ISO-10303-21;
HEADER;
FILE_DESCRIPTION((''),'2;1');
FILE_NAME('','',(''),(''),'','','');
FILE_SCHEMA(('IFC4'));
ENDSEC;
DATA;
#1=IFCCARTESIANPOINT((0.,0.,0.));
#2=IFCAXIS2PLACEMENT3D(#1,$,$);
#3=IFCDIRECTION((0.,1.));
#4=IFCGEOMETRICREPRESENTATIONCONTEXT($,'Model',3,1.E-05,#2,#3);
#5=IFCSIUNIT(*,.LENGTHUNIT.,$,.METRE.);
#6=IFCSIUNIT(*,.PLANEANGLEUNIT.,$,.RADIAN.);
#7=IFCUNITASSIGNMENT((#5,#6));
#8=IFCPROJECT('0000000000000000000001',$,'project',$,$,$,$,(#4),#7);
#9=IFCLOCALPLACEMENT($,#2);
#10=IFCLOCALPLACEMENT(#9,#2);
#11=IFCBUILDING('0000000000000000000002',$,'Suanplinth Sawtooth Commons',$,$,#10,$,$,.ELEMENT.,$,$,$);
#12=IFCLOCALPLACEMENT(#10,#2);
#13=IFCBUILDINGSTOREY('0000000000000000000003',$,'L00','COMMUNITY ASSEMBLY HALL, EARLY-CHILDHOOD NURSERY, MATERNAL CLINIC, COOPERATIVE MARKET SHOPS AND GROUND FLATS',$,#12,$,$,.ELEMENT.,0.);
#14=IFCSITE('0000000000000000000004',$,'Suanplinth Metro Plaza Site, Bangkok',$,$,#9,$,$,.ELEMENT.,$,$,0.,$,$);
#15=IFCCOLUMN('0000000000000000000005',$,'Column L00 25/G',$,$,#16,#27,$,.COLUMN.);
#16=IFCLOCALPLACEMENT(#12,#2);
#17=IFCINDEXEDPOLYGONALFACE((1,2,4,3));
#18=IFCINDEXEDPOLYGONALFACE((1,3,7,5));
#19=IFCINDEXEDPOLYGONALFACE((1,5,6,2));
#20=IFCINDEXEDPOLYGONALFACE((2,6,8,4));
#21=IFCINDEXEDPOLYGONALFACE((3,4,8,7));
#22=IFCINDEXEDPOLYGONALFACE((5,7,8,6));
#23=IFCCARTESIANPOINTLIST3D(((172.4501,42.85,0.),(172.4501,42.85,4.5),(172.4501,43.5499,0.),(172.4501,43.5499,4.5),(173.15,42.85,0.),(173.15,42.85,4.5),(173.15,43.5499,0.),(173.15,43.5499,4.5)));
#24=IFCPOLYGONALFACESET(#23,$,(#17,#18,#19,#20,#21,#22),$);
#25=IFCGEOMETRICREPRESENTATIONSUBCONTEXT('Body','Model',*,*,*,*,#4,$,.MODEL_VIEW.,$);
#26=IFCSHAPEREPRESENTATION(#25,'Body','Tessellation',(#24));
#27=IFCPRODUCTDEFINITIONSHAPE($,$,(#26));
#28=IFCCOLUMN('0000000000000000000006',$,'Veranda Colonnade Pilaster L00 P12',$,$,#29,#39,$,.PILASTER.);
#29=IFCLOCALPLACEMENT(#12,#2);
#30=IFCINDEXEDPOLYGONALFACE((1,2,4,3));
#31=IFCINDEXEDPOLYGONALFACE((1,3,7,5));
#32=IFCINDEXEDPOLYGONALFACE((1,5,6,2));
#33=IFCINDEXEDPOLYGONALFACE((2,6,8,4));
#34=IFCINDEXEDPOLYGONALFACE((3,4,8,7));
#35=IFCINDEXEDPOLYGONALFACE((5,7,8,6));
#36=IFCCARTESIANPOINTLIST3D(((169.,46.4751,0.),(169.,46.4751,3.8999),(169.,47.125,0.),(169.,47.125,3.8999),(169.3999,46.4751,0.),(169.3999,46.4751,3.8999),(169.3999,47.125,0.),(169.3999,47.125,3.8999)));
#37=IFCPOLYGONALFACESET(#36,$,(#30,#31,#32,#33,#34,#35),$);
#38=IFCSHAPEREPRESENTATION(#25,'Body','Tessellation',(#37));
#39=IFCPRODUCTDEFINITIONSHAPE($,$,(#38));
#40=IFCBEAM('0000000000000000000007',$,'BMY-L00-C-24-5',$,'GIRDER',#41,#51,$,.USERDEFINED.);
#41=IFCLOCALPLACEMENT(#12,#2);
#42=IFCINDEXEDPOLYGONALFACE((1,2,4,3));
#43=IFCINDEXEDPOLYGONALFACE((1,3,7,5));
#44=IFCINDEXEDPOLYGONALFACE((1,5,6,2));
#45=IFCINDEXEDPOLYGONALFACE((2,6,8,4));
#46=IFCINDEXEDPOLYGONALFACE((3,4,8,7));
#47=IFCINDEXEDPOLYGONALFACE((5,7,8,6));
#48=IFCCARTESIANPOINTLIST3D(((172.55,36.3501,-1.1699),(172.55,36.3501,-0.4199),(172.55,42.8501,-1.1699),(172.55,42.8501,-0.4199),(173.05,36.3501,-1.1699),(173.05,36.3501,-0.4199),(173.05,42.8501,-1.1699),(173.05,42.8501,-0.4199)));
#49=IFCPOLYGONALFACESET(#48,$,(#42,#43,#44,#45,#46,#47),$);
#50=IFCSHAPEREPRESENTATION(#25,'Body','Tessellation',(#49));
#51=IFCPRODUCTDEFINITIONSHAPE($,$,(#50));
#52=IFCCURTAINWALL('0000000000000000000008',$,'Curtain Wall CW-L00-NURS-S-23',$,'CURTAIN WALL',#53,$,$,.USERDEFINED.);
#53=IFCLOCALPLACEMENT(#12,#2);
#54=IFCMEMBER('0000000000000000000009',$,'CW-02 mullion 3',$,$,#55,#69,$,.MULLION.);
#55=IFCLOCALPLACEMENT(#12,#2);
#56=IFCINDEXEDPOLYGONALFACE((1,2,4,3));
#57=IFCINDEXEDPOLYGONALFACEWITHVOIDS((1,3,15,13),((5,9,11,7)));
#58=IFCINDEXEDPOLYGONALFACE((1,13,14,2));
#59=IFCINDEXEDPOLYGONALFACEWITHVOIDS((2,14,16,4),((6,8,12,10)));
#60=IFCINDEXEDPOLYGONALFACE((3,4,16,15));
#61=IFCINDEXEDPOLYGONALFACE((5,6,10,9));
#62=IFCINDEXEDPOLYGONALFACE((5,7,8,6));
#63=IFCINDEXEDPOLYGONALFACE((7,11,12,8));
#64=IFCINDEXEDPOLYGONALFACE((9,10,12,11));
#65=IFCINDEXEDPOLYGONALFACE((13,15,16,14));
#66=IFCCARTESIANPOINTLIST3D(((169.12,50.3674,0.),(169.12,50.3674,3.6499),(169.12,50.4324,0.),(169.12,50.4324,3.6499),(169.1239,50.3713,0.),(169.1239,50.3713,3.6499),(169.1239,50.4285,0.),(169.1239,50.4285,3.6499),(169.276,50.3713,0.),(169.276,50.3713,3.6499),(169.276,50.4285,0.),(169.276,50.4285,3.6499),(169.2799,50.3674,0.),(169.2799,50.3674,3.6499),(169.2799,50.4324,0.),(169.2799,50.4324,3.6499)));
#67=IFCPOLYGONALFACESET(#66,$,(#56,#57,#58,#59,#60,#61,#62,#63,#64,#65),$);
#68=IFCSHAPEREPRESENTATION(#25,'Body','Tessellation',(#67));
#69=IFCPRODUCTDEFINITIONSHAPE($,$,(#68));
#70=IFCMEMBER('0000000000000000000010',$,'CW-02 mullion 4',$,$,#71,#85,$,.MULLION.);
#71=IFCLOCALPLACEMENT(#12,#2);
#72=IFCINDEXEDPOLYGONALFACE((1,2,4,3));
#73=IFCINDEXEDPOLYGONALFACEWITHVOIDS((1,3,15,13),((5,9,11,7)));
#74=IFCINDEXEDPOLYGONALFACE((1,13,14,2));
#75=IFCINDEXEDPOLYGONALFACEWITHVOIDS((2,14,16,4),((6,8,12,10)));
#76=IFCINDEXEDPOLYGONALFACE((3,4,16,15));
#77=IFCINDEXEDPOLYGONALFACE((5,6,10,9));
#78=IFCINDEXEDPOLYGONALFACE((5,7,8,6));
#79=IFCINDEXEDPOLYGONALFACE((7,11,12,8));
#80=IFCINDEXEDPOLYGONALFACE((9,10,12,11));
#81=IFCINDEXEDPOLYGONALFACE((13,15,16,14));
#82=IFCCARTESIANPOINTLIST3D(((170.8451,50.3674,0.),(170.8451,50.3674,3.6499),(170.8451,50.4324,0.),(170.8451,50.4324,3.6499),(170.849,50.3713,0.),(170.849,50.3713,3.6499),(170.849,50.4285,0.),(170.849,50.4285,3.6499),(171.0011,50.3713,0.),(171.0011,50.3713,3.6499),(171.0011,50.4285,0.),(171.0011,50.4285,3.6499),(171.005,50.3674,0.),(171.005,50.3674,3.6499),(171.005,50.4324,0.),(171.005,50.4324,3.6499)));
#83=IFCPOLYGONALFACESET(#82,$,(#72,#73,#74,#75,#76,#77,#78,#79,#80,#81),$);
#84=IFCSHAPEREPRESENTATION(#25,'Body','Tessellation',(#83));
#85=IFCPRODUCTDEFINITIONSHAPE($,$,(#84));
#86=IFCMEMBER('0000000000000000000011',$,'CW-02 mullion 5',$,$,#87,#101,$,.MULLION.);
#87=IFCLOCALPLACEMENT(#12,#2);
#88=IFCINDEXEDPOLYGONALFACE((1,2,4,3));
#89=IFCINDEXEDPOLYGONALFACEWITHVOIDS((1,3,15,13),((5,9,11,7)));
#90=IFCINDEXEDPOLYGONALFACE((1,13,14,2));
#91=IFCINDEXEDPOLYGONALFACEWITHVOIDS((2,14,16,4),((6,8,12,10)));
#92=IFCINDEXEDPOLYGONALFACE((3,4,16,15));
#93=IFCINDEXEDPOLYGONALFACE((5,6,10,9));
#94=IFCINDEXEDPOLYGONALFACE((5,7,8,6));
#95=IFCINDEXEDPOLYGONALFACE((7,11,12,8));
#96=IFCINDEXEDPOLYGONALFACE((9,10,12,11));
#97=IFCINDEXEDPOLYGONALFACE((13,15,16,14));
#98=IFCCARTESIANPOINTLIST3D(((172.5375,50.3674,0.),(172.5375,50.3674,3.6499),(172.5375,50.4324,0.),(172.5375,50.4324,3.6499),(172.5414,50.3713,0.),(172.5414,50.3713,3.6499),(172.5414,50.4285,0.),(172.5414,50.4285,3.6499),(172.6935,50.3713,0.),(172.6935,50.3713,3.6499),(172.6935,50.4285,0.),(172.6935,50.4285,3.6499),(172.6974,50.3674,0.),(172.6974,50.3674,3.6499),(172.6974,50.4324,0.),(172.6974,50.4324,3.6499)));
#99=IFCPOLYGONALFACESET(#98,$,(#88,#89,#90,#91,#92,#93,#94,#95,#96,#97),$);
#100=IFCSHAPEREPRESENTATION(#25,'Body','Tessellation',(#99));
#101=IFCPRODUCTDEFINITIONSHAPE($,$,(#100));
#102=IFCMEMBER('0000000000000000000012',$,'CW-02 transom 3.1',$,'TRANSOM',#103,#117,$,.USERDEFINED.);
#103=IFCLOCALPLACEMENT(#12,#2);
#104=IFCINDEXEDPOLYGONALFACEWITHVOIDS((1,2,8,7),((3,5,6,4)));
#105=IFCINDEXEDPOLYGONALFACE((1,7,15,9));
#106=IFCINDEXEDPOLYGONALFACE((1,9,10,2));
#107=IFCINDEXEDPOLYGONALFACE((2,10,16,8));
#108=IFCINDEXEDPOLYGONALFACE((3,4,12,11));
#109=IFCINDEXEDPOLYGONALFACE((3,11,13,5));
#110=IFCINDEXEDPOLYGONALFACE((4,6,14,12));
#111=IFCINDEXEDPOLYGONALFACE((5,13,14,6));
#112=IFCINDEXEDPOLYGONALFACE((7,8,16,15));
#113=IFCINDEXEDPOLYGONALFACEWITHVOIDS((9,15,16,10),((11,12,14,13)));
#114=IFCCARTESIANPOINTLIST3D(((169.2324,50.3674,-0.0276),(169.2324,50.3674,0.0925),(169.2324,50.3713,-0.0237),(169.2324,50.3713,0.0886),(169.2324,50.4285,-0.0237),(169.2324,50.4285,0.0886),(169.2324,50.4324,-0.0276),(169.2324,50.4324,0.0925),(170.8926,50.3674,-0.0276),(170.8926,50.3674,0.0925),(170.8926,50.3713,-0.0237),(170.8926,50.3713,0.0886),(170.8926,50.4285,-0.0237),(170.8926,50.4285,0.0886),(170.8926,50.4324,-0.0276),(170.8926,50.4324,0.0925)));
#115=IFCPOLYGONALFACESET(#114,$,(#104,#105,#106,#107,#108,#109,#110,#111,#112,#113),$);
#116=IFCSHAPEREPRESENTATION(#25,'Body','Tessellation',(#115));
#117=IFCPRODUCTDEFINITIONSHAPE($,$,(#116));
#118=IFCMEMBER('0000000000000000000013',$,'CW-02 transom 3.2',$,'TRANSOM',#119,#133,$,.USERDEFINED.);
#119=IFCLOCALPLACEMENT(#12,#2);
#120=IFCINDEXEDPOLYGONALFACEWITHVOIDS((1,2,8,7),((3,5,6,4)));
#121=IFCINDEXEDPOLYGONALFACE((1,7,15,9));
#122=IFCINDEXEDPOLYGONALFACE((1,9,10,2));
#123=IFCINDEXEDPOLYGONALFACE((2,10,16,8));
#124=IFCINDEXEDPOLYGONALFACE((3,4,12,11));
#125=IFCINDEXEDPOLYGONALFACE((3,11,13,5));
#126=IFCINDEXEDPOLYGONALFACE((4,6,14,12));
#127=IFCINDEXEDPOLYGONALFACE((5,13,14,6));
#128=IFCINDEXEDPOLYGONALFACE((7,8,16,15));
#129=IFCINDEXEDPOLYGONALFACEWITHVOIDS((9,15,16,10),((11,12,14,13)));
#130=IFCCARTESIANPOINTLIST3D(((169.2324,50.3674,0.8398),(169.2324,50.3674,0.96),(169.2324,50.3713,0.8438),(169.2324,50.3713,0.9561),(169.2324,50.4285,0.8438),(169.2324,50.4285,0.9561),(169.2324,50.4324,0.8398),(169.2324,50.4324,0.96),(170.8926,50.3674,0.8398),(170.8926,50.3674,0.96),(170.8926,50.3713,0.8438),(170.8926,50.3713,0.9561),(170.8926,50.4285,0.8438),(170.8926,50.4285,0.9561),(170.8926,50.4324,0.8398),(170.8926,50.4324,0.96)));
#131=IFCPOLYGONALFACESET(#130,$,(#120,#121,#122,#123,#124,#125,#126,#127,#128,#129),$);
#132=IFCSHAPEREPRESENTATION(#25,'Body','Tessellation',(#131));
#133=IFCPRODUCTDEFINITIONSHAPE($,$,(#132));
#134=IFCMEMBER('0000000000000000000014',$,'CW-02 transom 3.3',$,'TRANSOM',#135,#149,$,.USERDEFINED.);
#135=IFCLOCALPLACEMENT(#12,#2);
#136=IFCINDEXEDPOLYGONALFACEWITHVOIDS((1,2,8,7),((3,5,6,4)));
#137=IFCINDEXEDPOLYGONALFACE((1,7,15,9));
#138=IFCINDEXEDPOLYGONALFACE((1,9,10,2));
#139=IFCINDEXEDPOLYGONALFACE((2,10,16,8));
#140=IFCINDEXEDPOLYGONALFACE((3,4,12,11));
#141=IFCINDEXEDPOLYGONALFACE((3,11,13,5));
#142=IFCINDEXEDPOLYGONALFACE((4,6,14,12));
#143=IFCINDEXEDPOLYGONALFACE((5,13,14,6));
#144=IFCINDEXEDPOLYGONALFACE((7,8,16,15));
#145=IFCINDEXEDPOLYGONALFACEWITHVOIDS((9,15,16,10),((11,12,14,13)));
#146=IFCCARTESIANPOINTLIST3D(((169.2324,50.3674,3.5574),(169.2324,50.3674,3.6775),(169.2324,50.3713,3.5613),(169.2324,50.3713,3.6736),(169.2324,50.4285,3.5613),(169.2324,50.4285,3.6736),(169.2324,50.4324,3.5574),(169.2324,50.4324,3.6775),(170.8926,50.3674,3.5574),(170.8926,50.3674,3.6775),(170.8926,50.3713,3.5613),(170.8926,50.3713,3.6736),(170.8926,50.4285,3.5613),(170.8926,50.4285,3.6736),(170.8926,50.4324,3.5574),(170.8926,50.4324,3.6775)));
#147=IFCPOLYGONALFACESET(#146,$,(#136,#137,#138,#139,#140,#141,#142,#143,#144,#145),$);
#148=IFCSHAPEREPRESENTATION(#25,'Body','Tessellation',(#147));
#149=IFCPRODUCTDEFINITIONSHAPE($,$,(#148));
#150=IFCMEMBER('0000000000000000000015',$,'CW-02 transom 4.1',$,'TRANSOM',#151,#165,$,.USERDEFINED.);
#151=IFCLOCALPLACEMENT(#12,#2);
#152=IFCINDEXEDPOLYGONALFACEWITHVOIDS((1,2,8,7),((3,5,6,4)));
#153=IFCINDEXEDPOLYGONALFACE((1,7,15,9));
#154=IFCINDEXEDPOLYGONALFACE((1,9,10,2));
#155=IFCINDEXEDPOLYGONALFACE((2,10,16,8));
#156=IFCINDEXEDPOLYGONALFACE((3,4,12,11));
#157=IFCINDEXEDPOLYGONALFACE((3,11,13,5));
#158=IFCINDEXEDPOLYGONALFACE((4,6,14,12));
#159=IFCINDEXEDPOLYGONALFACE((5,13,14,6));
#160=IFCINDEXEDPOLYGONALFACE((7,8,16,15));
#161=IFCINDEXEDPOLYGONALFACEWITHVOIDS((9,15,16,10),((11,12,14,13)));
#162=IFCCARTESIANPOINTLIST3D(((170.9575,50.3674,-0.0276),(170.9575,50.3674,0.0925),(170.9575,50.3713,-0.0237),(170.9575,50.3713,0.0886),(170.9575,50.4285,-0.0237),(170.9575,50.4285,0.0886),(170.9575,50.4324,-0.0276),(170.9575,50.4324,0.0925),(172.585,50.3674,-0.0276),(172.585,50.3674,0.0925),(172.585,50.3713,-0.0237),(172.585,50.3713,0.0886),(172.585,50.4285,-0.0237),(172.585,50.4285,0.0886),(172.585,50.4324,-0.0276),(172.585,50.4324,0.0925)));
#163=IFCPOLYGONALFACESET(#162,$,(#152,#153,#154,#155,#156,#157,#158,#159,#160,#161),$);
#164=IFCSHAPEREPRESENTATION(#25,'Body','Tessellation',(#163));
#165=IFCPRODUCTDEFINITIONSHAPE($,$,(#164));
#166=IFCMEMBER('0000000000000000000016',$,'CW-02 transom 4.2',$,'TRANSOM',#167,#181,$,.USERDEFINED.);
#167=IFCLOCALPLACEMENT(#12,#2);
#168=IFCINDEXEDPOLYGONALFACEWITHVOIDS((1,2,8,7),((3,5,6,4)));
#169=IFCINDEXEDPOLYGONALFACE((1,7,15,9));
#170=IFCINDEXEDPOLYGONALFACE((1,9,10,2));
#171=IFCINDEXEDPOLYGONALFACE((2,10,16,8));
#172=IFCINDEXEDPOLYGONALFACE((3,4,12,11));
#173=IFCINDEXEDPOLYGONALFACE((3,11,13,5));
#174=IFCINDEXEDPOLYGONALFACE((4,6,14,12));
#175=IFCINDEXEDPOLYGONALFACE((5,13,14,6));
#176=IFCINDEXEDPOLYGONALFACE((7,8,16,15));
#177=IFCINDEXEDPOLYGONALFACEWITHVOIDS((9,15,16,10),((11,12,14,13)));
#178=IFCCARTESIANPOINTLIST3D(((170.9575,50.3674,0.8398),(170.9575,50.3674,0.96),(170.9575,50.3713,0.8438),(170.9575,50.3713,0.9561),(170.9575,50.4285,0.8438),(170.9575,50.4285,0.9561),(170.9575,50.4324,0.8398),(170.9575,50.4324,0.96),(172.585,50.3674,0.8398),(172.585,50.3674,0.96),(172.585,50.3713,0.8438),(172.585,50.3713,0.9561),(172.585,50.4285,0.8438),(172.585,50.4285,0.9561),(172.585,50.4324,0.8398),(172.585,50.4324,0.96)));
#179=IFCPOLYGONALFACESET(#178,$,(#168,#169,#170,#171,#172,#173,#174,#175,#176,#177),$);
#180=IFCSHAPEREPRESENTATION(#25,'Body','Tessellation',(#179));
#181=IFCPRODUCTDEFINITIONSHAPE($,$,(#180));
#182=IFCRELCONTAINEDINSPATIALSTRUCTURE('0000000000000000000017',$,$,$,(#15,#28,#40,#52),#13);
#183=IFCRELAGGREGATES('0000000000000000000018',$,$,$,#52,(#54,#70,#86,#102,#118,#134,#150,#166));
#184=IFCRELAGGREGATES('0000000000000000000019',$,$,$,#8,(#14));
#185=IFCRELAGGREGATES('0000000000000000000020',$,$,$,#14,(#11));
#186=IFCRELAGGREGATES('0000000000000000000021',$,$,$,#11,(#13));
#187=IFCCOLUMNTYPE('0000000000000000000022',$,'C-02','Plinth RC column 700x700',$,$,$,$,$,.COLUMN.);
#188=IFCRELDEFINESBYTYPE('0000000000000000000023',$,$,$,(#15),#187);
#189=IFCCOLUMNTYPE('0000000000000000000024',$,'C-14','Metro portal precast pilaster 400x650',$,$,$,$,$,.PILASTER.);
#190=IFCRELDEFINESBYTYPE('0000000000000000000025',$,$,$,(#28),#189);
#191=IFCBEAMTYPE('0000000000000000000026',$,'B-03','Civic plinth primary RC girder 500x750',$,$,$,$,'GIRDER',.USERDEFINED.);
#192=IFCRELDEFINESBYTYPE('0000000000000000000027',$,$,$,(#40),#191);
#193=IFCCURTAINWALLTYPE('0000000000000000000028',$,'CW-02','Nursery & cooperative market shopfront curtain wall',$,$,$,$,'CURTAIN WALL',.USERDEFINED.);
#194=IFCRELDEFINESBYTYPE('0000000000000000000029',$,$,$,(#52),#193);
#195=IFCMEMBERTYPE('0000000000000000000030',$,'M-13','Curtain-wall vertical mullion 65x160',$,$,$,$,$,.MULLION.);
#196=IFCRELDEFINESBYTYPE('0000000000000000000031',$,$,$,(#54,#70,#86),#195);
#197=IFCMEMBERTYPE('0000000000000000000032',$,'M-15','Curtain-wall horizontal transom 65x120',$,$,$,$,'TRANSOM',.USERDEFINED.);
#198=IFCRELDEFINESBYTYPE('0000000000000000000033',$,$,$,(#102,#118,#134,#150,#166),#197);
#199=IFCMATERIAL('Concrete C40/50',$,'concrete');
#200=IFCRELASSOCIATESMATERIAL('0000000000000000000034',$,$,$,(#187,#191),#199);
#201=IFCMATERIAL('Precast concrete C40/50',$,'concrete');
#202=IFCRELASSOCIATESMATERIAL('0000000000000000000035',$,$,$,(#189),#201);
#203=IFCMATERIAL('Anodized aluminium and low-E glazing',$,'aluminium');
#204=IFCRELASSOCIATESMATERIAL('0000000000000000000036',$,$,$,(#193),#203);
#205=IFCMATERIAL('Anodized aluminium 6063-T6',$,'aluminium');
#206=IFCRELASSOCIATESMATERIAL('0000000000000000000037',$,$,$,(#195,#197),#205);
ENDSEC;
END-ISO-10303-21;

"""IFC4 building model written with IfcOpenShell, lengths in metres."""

from ifc_helpers import new_model, si_unit, direction, frame, origin, origin_2d, place, context, subcontext, project, spatial, rectangle, hollow_rectangle, extrude, material, material_profile, profile_set, type_object, element, aggregate, save


model = new_model("IFC4")

# Units and contexts
model_context = context("Model", 3, precision=1e-05, world=origin(), true_north=direction((0.0, 1.0)))
body_context = subcontext(model_context, "Body", "Model", "MODEL_VIEW")
ifc_project = project(units=[si_unit("LENGTHUNIT", "METRE"), si_unit("PLANEANGLEUNIT", "RADIAN")], contexts=[model_context])

# Site, building, storey
site_placement = place(None, origin())
site = spatial("IfcSite", under=ifc_project, at=site_placement, Name="Suanplinth Metro Plaza Site, Bangkok", CompositionType="ELEMENT", RefElevation=0.0)
building_placement = place(site_placement, origin())
building = spatial("IfcBuilding", under=site, at=building_placement, Name="Suanplinth Sawtooth Commons", CompositionType="ELEMENT")
storey_placement = place(building_placement, origin())
storey = spatial("IfcBuildingStorey", under=building, at=storey_placement, Name="L00", Description="COMMUNITY ASSEMBLY HALL, EARLY-CHILDHOOD NURSERY, MATERNAL CLINIC, COOPERATIVE MARKET SHOPS AND GROUND FLATS", CompositionType="ELEMENT", Elevation=0.0)

# Columns
ifc_material_1 = material(Name="Concrete C40/50", Category="concrete")
ifc_material_profile_1 = material_profile(ifc_material_1, rectangle(XDim=0.7, YDim=0.7, at=origin_2d()), Name="RC-COL 700x700")
ifc_profile_set_1 = profile_set([ifc_material_profile_1], Name="Concrete C40/50")
column_type_1 = type_object("IfcColumnType", Name="C-02", Description="Plinth RC column 700x700", PredefinedType="COLUMN", material=ifc_profile_set_1)
column_1_placement = place(storey_placement, frame((172.8, 43.2, 0.0), z_axis=(0.0, 0.0, 1.0), x_axis=(1.0, 0.0, 0.0)))
element("IfcColumn", 1, at=column_1_placement, inside=storey, type_object=column_type_1, Name="Column L00 25/G", PredefinedType="COLUMN", context=body_context, shape_type="SweptSolid", body=[
    extrude(rectangle(XDim=0.7, YDim=0.7, at=origin_2d()), origin(), (0.0, 0.0, 1.0), 4.5),
])
ifc_material_2 = material(Name="Precast concrete C40/50", Category="concrete")
ifc_material_profile_2 = material_profile(ifc_material_2, rectangle(XDim=0.3999, YDim=0.6499, at=origin_2d()), Name="PC-PIL 400x650")
ifc_profile_set_2 = profile_set([ifc_material_profile_2], Name="Precast concrete C40/50")
column_type_2 = type_object("IfcColumnType", Name="C-14", Description="Metro portal precast pilaster 400x650", PredefinedType="PILASTER", material=ifc_profile_set_2)
column_2_placement = place(storey_placement, frame((169.2, 46.8, 0.0), z_axis=(0.0, 0.0, 1.0), x_axis=(1.0, 0.0, 0.0)))
element("IfcColumn", 2, at=column_2_placement, inside=storey, type_object=column_type_2, Name="Veranda Colonnade Pilaster L00 P12", PredefinedType="PILASTER", context=body_context, shape_type="SweptSolid", body=[
    extrude(rectangle(XDim=0.3999, YDim=0.6499, at=origin_2d()), origin(), (0.0, 0.0, 1.0), 3.8999),
])

# Beam
ifc_material_profile_3 = material_profile(ifc_material_1, rectangle(XDim=0.5, YDim=0.75, at=origin_2d()), Name="RC-GDR 500x750")
ifc_profile_set_3 = profile_set([ifc_material_profile_3], Name="Concrete C40/50")
beam_type = type_object("IfcBeamType", Name="B-03", Description="Civic plinth primary RC girder 500x750", ElementType="GIRDER", PredefinedType="USERDEFINED", material=ifc_profile_set_3)
beam_placement = place(storey_placement, frame((172.8, 36.3501, -0.7949), z_axis=(0.0, 1.0, 0.0), x_axis=(-1.0, 0.0, 0.0)))
element("IfcBeam", 3, at=beam_placement, inside=storey, type_object=beam_type, Name="BMY-L00-C-24-5", ObjectType="GIRDER", PredefinedType="USERDEFINED", context=body_context, shape_type="SweptSolid", body=[
    extrude(rectangle(XDim=0.5, YDim=0.75, at=origin_2d()), origin(), (0.0, 0.0, 1.0), 6.5),
])

# Curtain wall, members
ifc_material_3 = material(Name="Anodized aluminium and low-E glazing", Category="aluminium")
curtain_wall_type = type_object("IfcCurtainWallType", Name="CW-02", Description="Nursery & cooperative market shopfront curtain wall", ElementType="CURTAIN WALL", PredefinedType="USERDEFINED", material=ifc_material_3)
curtain_wall_placement = place(storey_placement, origin())
curtain_wall = element("IfcCurtainWall", 4, at=curtain_wall_placement, inside=storey, type_object=curtain_wall_type, Name="Curtain Wall CW-L00-NURS-S-23", ObjectType="CURTAIN WALL", PredefinedType="USERDEFINED")
ifc_material_4 = material(Name="Anodized aluminium 6063-T6", Category="aluminium")
ifc_material_profile_4 = material_profile(ifc_material_4, hollow_rectangle(XDim=0.0649, YDim=0.1599, WallThickness=0.0039, at=origin_2d()), Name="ALU-MUL 65x160")
ifc_profile_set_4 = profile_set([ifc_material_profile_4], Name="Anodized aluminium 6063-T6")
member_type_1 = type_object("IfcMemberType", Name="M-13", Description="Curtain-wall vertical mullion 65x160", PredefinedType="MULLION", material=ifc_profile_set_4)
member_1_placement = place(storey_placement, frame((169.2, 50.3999, 0.0), z_axis=(0.0, 0.0, 1.0), x_axis=(0.0, 1.0, 0.0)))
member_1 = element("IfcMember", 5, at=member_1_placement, type_object=member_type_1, Name="CW-02 mullion 3", PredefinedType="MULLION", context=body_context, shape_type="SweptSolid", body=[
    extrude(hollow_rectangle(XDim=0.0649, YDim=0.1599, WallThickness=0.0039, at=origin_2d()), origin(), (0.0, 0.0, 1.0), 3.6499),
])
member_2_placement = place(storey_placement, frame((170.925, 50.3999, 0.0), z_axis=(0.0, 0.0, 1.0), x_axis=(0.0, 1.0, 0.0)))
member_2 = element("IfcMember", 6, at=member_2_placement, type_object=member_type_1, Name="CW-02 mullion 4", PredefinedType="MULLION", context=body_context, shape_type="SweptSolid", body=[
    extrude(hollow_rectangle(XDim=0.0649, YDim=0.1599, WallThickness=0.0039, at=origin_2d()), origin(), (0.0, 0.0, 1.0), 3.6499),
])
member_3_placement = place(storey_placement, frame((172.6174, 50.3999, 0.0), z_axis=(0.0, 0.0, 1.0), x_axis=(0.0, 1.0, 0.0)))
member_3 = element("IfcMember", 7, at=member_3_placement, type_object=member_type_1, Name="CW-02 mullion 5", PredefinedType="MULLION", context=body_context, shape_type="SweptSolid", body=[
    extrude(hollow_rectangle(XDim=0.0649, YDim=0.1599, WallThickness=0.0039, at=origin_2d()), origin(), (0.0, 0.0, 1.0), 3.6499),
])
ifc_material_profile_5 = material_profile(ifc_material_4, hollow_rectangle(XDim=0.0649, YDim=0.1201, WallThickness=0.0039, at=origin_2d()), Name="ALU-TRN 65x120")
ifc_profile_set_5 = profile_set([ifc_material_profile_5], Name="Anodized aluminium 6063-T6")
member_type_2 = type_object("IfcMemberType", Name="M-15", Description="Curtain-wall horizontal transom 65x120", ElementType="TRANSOM", PredefinedType="USERDEFINED", material=ifc_profile_set_5)
member_4_placement = place(storey_placement, frame((169.2324, 50.3999, 0.0325), z_axis=(1.0, 0.0, 0.0), x_axis=(0.0, 1.0, 0.0)))
member_4 = element("IfcMember", 8, at=member_4_placement, type_object=member_type_2, Name="CW-02 transom 3.1", ObjectType="TRANSOM", PredefinedType="USERDEFINED", context=body_context, shape_type="SweptSolid", body=[
    extrude(hollow_rectangle(XDim=0.0649, YDim=0.1201, WallThickness=0.0039, at=origin_2d()), origin(), (0.0, 0.0, 1.0), 1.6602),
])
member_5_placement = place(storey_placement, frame((169.2324, 50.3999, 0.8999), z_axis=(1.0, 0.0, 0.0), x_axis=(0.0, 1.0, 0.0)))
member_5 = element("IfcMember", 9, at=member_5_placement, type_object=member_type_2, Name="CW-02 transom 3.2", ObjectType="TRANSOM", PredefinedType="USERDEFINED", context=body_context, shape_type="SweptSolid", body=[
    extrude(hollow_rectangle(XDim=0.0649, YDim=0.1201, WallThickness=0.0039, at=origin_2d()), origin(), (0.0, 0.0, 1.0), 1.6602),
])
member_6_placement = place(storey_placement, frame((169.2324, 50.3999, 3.6174), z_axis=(1.0, 0.0, 0.0), x_axis=(0.0, 1.0, 0.0)))
member_6 = element("IfcMember", 10, at=member_6_placement, type_object=member_type_2, Name="CW-02 transom 3.3", ObjectType="TRANSOM", PredefinedType="USERDEFINED", context=body_context, shape_type="SweptSolid", body=[
    extrude(hollow_rectangle(XDim=0.0649, YDim=0.1201, WallThickness=0.0039, at=origin_2d()), origin(), (0.0, 0.0, 1.0), 1.6602),
])
member_7_placement = place(storey_placement, frame((170.9575, 50.3999, 0.0325), z_axis=(1.0, 0.0, 0.0), x_axis=(0.0, 1.0, 0.0)))
member_7 = element("IfcMember", 11, at=member_7_placement, type_object=member_type_2, Name="CW-02 transom 4.1", ObjectType="TRANSOM", PredefinedType="USERDEFINED", context=body_context, shape_type="SweptSolid", body=[
    extrude(hollow_rectangle(XDim=0.0649, YDim=0.1201, WallThickness=0.0039, at=origin_2d()), origin(), (0.0, 0.0, 1.0), 1.6274),
])
member_8_placement = place(storey_placement, frame((170.9575, 50.3999, 0.8999), z_axis=(1.0, 0.0, 0.0), x_axis=(0.0, 1.0, 0.0)))
member_8 = element("IfcMember", 12, at=member_8_placement, type_object=member_type_2, Name="CW-02 transom 4.2", ObjectType="TRANSOM", PredefinedType="USERDEFINED", context=body_context, shape_type="SweptSolid", body=[
    extrude(hollow_rectangle(XDim=0.0649, YDim=0.1201, WallThickness=0.0039, at=origin_2d()), origin(), (0.0, 0.0, 1.0), 1.6274),
])
aggregate(curtain_wall, [member_1, member_2, member_3, member_4, member_5, member_6, member_7, member_8])

save(model, "model.ifc")
